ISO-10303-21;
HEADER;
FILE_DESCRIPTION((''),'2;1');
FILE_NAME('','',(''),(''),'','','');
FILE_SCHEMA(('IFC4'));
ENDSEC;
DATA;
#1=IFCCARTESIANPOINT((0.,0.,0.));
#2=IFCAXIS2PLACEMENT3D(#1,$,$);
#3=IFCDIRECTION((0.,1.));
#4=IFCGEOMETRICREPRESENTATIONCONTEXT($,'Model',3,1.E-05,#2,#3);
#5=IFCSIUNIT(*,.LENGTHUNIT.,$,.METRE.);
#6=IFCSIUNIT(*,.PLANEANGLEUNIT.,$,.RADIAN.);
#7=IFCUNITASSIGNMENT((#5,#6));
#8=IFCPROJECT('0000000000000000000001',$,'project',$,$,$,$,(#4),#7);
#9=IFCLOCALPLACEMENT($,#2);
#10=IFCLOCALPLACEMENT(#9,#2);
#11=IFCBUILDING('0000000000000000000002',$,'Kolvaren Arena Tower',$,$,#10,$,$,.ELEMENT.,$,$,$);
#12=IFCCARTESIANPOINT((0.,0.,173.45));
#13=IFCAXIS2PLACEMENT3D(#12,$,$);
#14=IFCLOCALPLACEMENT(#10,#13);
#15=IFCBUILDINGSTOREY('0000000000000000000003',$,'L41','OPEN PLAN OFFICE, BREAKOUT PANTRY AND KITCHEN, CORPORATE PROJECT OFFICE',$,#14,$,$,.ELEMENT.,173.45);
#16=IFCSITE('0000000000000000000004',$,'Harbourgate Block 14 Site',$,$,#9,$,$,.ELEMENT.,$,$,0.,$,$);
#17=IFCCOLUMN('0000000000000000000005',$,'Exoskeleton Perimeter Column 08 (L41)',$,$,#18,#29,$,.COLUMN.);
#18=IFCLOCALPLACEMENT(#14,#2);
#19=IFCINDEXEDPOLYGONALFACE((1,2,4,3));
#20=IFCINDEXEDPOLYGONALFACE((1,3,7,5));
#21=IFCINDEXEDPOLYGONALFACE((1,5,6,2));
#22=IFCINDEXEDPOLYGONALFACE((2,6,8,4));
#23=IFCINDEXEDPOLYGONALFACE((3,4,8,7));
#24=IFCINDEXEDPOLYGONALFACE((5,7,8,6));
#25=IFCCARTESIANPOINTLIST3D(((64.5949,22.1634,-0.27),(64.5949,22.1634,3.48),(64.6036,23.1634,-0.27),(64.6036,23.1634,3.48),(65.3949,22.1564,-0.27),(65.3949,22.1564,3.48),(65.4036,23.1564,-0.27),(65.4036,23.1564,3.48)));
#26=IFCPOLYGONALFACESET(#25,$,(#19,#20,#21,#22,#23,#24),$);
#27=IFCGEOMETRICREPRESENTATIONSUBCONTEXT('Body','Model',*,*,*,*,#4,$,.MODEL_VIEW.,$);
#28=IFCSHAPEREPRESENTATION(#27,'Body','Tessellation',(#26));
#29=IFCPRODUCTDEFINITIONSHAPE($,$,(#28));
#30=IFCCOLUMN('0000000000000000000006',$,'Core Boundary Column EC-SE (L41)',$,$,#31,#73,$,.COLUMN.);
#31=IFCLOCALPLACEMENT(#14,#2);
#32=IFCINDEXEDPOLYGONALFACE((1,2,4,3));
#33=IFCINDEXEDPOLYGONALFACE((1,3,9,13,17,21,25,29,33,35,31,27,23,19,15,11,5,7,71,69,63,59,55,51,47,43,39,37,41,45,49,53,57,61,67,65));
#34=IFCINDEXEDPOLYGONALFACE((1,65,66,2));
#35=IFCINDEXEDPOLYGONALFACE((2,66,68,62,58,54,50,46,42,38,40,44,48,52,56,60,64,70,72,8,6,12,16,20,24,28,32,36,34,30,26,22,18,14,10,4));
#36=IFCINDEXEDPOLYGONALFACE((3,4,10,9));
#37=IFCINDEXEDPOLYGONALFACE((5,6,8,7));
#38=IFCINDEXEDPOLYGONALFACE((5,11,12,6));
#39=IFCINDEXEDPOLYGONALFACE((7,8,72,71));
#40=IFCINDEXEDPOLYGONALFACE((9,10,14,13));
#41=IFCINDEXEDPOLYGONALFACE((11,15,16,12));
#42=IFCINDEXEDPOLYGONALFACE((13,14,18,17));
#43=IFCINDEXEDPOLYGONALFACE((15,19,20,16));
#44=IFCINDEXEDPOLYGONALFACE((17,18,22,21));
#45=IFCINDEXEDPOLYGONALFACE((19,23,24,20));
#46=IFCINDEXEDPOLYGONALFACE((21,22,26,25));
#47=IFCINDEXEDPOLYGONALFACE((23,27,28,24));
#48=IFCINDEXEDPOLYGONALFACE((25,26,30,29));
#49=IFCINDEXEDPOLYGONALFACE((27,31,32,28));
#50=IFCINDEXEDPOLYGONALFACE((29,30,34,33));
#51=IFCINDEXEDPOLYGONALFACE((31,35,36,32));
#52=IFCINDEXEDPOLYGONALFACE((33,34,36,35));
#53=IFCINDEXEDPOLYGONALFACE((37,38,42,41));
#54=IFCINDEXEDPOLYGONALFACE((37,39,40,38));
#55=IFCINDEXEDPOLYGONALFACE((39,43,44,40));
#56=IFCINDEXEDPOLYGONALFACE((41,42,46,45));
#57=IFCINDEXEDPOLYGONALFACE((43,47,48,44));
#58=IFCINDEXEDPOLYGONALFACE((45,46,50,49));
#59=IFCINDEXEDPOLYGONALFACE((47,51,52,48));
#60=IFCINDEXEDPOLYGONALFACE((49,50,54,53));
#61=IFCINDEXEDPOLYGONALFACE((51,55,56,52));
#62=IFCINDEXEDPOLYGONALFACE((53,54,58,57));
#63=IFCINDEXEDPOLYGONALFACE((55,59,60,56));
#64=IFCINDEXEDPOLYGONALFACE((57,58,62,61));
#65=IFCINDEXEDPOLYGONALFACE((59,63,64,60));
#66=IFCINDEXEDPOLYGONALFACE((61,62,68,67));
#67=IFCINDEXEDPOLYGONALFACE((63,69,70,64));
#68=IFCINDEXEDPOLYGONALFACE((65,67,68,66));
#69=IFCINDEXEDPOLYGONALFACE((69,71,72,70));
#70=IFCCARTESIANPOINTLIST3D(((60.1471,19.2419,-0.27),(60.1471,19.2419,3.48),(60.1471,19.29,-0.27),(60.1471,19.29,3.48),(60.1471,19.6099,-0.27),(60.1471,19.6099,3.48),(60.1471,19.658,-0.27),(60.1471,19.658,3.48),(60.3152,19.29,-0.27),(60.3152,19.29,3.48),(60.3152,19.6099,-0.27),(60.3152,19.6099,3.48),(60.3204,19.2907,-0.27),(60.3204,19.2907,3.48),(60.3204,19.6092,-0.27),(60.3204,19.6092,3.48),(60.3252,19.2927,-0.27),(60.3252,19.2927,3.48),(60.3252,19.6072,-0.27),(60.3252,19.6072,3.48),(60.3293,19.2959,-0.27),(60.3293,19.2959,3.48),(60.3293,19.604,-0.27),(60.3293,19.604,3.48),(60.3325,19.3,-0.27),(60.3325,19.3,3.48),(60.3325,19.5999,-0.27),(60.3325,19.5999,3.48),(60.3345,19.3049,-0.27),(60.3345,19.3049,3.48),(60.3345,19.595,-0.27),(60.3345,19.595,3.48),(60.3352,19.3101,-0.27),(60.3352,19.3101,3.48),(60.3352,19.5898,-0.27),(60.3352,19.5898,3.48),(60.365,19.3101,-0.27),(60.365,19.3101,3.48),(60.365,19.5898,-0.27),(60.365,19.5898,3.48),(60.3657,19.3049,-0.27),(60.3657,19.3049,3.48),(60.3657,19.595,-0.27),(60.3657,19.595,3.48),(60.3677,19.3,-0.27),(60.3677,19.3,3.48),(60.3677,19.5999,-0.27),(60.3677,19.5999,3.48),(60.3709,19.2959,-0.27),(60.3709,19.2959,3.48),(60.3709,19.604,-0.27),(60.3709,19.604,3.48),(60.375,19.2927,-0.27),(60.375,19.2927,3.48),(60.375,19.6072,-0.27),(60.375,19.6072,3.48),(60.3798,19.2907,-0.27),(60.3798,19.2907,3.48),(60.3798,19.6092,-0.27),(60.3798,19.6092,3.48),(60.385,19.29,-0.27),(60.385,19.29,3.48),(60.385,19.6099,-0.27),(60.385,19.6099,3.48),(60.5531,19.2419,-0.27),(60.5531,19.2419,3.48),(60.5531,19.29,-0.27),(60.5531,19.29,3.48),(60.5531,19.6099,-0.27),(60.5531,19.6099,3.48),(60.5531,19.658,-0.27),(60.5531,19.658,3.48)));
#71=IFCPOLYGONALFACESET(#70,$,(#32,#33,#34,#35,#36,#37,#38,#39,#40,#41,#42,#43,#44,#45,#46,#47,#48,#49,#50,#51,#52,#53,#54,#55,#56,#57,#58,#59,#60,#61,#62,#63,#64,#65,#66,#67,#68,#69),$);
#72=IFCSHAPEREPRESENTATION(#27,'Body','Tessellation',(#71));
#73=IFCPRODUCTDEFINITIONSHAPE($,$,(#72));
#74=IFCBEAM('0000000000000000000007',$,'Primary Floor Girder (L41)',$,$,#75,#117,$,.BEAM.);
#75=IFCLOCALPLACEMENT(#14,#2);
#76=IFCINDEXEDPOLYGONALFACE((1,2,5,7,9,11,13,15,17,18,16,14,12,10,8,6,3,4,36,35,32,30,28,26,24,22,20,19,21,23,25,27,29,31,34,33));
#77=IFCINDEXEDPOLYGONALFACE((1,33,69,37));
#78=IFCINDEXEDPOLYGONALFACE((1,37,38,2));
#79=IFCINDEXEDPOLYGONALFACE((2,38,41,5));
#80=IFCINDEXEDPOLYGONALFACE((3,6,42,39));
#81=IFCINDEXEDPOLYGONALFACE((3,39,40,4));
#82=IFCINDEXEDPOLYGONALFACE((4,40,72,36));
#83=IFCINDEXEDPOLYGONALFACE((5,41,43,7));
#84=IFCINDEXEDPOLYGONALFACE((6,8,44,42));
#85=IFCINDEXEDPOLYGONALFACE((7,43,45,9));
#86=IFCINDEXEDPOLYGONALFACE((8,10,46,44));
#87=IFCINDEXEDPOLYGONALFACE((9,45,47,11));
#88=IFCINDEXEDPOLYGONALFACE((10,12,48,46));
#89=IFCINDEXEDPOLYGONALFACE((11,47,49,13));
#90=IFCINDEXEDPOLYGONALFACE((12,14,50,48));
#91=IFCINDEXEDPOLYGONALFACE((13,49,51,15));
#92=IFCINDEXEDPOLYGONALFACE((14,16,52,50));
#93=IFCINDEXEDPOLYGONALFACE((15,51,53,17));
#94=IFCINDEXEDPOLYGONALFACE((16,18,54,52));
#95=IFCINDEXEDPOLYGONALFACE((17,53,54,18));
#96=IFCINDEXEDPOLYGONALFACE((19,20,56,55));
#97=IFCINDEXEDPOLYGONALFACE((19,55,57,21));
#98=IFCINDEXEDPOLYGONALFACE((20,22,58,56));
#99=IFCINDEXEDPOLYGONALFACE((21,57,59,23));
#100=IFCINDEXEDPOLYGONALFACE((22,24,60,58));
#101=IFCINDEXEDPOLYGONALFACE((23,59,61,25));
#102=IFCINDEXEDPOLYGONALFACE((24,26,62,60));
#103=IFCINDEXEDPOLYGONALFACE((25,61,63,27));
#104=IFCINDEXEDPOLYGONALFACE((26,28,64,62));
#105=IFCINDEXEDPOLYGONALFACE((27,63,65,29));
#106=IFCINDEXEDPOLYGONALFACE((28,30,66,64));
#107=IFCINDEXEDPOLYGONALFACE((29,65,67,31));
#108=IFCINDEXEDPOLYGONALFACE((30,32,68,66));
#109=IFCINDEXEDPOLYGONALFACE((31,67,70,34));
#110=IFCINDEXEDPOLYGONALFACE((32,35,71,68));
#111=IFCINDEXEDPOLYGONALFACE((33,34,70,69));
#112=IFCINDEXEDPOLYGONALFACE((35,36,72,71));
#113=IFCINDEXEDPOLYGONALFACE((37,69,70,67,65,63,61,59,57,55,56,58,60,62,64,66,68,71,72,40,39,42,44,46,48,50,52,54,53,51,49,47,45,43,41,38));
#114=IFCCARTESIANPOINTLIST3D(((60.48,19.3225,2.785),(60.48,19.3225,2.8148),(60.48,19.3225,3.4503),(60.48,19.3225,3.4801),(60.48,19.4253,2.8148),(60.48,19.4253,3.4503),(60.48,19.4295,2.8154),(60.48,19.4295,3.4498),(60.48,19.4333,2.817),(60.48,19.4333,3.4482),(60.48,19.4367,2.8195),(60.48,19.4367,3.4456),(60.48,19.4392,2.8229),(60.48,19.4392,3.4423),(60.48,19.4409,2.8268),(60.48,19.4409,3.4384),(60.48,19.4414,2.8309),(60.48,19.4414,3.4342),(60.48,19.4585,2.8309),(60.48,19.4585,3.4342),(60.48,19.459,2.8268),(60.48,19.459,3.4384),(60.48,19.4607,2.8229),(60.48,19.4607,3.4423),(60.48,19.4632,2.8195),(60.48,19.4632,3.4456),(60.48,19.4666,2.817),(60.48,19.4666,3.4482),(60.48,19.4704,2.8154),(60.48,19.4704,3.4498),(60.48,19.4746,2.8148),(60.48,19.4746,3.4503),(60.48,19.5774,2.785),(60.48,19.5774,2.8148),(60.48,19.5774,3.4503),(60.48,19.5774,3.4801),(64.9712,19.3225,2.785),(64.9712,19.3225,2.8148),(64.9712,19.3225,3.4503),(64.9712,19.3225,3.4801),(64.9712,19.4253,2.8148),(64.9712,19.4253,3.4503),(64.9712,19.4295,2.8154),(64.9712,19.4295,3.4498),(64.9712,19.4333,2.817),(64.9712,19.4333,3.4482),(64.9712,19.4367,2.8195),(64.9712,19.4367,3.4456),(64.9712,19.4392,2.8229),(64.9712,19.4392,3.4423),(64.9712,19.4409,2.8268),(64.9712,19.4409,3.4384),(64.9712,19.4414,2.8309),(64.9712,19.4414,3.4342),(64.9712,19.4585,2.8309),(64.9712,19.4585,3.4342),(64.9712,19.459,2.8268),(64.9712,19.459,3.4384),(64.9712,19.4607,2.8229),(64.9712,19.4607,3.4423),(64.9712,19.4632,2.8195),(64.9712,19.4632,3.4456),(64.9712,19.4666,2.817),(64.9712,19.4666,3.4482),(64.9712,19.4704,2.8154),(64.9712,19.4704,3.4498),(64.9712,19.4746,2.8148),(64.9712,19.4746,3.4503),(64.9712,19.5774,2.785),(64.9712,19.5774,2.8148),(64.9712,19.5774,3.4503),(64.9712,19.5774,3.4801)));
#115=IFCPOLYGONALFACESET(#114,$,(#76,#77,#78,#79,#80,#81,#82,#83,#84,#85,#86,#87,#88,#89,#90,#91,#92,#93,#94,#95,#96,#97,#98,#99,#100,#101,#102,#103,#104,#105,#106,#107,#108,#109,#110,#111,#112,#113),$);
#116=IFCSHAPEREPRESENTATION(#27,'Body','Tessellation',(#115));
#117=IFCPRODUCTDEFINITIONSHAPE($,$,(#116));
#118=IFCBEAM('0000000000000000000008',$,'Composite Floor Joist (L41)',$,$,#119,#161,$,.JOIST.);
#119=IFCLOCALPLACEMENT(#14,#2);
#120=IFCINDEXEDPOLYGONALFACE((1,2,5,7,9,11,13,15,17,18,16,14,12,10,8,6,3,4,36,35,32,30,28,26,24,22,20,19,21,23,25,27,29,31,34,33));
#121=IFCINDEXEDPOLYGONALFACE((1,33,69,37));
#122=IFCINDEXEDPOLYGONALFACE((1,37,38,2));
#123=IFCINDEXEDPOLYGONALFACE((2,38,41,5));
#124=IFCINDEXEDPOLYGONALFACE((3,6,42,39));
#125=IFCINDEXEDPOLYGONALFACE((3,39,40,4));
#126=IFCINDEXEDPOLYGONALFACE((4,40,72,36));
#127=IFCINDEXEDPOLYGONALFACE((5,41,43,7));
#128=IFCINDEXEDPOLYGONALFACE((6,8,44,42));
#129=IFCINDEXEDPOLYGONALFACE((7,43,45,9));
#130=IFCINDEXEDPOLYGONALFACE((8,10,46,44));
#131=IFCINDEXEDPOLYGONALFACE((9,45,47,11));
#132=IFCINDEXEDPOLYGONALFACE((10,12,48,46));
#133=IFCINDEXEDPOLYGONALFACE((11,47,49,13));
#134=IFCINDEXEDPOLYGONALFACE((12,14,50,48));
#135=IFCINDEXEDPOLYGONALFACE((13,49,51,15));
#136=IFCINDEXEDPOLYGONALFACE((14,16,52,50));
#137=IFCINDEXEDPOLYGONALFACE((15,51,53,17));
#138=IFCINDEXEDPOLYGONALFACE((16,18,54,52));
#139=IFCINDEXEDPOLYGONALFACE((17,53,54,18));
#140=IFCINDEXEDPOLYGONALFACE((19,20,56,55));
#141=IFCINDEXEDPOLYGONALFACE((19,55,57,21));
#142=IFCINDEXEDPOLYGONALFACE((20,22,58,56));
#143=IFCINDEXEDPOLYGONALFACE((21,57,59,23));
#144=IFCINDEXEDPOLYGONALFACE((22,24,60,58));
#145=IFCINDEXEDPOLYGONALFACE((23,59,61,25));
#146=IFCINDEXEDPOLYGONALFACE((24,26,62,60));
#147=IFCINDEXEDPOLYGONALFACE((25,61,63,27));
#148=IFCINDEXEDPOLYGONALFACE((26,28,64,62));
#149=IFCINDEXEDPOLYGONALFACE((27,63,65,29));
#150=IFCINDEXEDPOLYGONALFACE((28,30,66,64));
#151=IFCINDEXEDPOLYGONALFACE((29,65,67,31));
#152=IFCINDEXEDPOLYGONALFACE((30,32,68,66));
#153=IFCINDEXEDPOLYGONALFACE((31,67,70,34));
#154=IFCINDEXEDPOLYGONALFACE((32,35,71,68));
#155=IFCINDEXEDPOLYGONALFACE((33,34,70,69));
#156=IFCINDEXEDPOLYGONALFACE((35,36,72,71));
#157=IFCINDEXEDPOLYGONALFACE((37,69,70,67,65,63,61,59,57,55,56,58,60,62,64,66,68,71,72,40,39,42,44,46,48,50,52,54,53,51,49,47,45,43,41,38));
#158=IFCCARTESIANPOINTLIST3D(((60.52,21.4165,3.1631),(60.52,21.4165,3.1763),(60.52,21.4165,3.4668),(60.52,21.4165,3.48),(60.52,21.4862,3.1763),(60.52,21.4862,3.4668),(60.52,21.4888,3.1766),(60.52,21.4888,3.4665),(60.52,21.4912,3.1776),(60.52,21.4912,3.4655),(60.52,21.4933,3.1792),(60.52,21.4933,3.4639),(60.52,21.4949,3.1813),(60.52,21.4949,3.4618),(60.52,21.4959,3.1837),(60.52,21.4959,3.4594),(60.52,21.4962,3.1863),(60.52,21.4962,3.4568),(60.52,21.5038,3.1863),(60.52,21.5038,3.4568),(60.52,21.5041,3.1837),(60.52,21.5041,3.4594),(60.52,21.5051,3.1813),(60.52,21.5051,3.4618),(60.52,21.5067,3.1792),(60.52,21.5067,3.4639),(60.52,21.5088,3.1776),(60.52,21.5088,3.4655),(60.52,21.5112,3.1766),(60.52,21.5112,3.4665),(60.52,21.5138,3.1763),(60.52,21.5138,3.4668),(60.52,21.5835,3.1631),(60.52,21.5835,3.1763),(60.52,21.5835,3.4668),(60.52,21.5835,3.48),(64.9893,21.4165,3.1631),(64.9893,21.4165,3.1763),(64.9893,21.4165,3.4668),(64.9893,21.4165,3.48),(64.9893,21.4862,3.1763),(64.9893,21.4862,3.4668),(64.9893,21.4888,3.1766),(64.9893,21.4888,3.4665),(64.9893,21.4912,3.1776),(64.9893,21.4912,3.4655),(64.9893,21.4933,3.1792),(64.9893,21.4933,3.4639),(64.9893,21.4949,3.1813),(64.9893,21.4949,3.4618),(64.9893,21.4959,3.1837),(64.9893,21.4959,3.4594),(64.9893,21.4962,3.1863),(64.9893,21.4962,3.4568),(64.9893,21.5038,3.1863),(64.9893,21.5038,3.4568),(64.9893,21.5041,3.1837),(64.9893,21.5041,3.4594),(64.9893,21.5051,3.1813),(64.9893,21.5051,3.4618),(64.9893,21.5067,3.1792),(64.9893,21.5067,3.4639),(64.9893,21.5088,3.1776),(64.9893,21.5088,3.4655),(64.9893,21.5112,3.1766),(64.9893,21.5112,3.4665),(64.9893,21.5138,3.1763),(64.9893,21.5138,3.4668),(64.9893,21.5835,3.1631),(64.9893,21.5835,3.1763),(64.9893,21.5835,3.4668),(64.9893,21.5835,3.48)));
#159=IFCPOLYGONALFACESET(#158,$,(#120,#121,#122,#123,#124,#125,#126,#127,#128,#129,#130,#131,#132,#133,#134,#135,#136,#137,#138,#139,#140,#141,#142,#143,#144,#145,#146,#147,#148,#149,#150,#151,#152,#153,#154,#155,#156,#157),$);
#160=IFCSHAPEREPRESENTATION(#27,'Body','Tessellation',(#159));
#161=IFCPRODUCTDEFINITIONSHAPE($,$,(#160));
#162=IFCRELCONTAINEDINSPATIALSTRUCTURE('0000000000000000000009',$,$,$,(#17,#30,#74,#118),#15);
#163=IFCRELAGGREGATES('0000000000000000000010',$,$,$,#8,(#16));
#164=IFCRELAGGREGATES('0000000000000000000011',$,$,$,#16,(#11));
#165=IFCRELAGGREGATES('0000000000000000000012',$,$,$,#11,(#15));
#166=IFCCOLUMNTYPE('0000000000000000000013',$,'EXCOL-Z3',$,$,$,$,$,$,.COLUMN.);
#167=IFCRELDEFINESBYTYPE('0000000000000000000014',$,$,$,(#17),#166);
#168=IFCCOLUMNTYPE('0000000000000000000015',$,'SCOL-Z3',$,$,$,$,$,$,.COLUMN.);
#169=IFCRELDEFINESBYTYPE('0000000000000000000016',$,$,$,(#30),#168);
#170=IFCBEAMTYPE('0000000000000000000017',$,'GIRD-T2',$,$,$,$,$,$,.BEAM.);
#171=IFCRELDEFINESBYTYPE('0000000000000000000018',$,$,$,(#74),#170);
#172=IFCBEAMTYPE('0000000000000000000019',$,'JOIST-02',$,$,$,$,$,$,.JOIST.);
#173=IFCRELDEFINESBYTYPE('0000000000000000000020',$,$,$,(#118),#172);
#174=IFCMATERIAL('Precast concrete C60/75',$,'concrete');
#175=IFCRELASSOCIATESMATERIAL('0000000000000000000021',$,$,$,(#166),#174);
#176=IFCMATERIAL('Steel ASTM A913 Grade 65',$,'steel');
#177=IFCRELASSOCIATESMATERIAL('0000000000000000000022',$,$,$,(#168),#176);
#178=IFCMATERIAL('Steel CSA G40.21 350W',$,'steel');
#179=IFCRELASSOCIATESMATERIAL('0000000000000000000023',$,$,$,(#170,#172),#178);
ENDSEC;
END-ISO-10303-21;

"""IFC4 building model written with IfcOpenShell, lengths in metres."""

from ifc_helpers import new_model, si_unit, direction, frame, origin, origin_2d, place, context, subcontext, project, spatial, rectangle, i_section, extrude, material, material_profile, profile_set, type_object, element, save


model = new_model("IFC4")

# Units and contexts
model_context = context("Model", 3, precision=1e-05, world=origin(), true_north=direction((0.0, 1.0)))
body_context = subcontext(model_context, "Body", "Model", "MODEL_VIEW")
ifc_project = project(units=[si_unit("LENGTHUNIT", "METRE"), si_unit("PLANEANGLEUNIT", "RADIAN")], contexts=[model_context])

# Site, building, storey
site_placement = place(None, origin())
site = spatial("IfcSite", under=ifc_project, at=site_placement, Name="Harbourgate Block 14 Site", CompositionType="ELEMENT", RefElevation=0.0)
building_placement = place(site_placement, origin())
building = spatial("IfcBuilding", under=site, at=building_placement, Name="Kolvaren Arena Tower", CompositionType="ELEMENT")
storey_placement = place(building_placement, frame((0.0, 0.0, 173.45)))
storey = spatial("IfcBuildingStorey", under=building, at=storey_placement, Name="L41", Description="OPEN PLAN OFFICE, BREAKOUT PANTRY AND KITCHEN, CORPORATE PROJECT OFFICE", CompositionType="ELEMENT", Elevation=173.45)

# Columns
ifc_material_1 = material(Name="Precast concrete C60/75", Category="concrete")
ifc_material_profile_1 = material_profile(ifc_material_1, rectangle(XDim=1.0, YDim=0.8, at=origin_2d()), Name="RC-1000x800")
ifc_profile_set_1 = profile_set([ifc_material_profile_1], Name="Precast concrete C60/75")
column_type_1 = type_object("IfcColumnType", Name="EXCOL-Z3", PredefinedType="COLUMN", material=ifc_profile_set_1)
column_1_placement = place(storey_placement, frame((64.9993, 22.6599, -0.27), z_axis=(0.0, 0.0, 1.0), x_axis=(0.008727, 0.999962, 0.0)))
element("IfcColumn", 1, at=column_1_placement, inside=storey, type_object=column_type_1, Name="Exoskeleton Perimeter Column 08 (L41)", PredefinedType="COLUMN", context=body_context, shape_type="SweptSolid", body=[
    extrude(rectangle(XDim=1.0, YDim=0.8, at=origin_2d()), origin(), (0.0, 0.0, 1.0), 3.75),
])
ifc_material_2 = material(Name="Steel ASTM A913 Grade 65", Category="steel")
ifc_material_profile_2 = material_profile(ifc_material_2, i_section(OverallWidth=0.406, OverallDepth=0.416, WebThickness=0.0298, FlangeThickness=0.0481, FilletRadius=0.02, at=origin_2d()), Name="W360x382")
ifc_profile_set_2 = profile_set([ifc_material_profile_2], Name="Steel ASTM A913 Grade 65")
column_type_2 = type_object("IfcColumnType", Name="SCOL-Z3", PredefinedType="COLUMN", material=ifc_profile_set_2)
column_2_placement = place(storey_placement, frame((60.3501, 19.45, -0.27), z_axis=(0.0, 0.0, 1.0), x_axis=(1.0, 0.0, 0.0)))
element("IfcColumn", 2, at=column_2_placement, inside=storey, type_object=column_type_2, Name="Core Boundary Column EC-SE (L41)", PredefinedType="COLUMN", context=body_context, shape_type="SweptSolid", body=[
    extrude(i_section(OverallWidth=0.406, OverallDepth=0.416, WebThickness=0.0298, FlangeThickness=0.0481, FilletRadius=0.02, at=origin_2d()), origin(), (0.0, 0.0, 1.0), 3.75),
])

# Beams
ifc_material_3 = material(Name="Steel CSA G40.21 350W", Category="steel")
ifc_material_profile_3 = material_profile(ifc_material_3, i_section(OverallWidth=0.2549, OverallDepth=0.6951, WebThickness=0.0171, FlangeThickness=0.0298, FilletRadius=0.0161, at=origin_2d()), Name="W690x217")
ifc_profile_set_3 = profile_set([ifc_material_profile_3], Name="Steel CSA G40.21 350W")
beam_type_1 = type_object("IfcBeamType", Name="GIRD-T2", PredefinedType="BEAM", material=ifc_profile_set_3)
beam_1_placement = place(storey_placement, frame((60.48, 19.45, 3.1326), z_axis=(1.0, 0.0, 0.0), x_axis=(0.0, 1.0, 0.0)))
element("IfcBeam", 3, at=beam_1_placement, inside=storey, type_object=beam_type_1, Name="Primary Floor Girder (L41)", PredefinedType="BEAM", context=body_context, shape_type="SweptSolid", body=[
    extrude(i_section(OverallWidth=0.2549, OverallDepth=0.6951, WebThickness=0.0171, FlangeThickness=0.0298, FilletRadius=0.0161, at=origin_2d()), origin(), (0.0, 0.0, 1.0), 4.4912),
])
ifc_material_profile_4 = material_profile(ifc_material_3, i_section(OverallWidth=0.167, OverallDepth=0.3169, WebThickness=0.0076, FlangeThickness=0.0132, FilletRadius=0.01, at=origin_2d()), Name="W310x52")
ifc_profile_set_4 = profile_set([ifc_material_profile_4], Name="Steel CSA G40.21 350W")
beam_type_2 = type_object("IfcBeamType", Name="JOIST-02", PredefinedType="JOIST", material=ifc_profile_set_4)
beam_2_placement = place(storey_placement, frame((60.52, 21.5, 3.3215), z_axis=(1.0, 0.0, 0.0), x_axis=(0.0, 1.0, 0.0)))
element("IfcBeam", 4, at=beam_2_placement, inside=storey, type_object=beam_type_2, Name="Composite Floor Joist (L41)", PredefinedType="JOIST", context=body_context, shape_type="SweptSolid", body=[
    extrude(i_section(OverallWidth=0.167, OverallDepth=0.3169, WebThickness=0.0076, FlangeThickness=0.0132, FilletRadius=0.01, at=origin_2d()), origin(), (0.0, 0.0, 1.0), 4.4692),
])

save(model, "model.ifc")
